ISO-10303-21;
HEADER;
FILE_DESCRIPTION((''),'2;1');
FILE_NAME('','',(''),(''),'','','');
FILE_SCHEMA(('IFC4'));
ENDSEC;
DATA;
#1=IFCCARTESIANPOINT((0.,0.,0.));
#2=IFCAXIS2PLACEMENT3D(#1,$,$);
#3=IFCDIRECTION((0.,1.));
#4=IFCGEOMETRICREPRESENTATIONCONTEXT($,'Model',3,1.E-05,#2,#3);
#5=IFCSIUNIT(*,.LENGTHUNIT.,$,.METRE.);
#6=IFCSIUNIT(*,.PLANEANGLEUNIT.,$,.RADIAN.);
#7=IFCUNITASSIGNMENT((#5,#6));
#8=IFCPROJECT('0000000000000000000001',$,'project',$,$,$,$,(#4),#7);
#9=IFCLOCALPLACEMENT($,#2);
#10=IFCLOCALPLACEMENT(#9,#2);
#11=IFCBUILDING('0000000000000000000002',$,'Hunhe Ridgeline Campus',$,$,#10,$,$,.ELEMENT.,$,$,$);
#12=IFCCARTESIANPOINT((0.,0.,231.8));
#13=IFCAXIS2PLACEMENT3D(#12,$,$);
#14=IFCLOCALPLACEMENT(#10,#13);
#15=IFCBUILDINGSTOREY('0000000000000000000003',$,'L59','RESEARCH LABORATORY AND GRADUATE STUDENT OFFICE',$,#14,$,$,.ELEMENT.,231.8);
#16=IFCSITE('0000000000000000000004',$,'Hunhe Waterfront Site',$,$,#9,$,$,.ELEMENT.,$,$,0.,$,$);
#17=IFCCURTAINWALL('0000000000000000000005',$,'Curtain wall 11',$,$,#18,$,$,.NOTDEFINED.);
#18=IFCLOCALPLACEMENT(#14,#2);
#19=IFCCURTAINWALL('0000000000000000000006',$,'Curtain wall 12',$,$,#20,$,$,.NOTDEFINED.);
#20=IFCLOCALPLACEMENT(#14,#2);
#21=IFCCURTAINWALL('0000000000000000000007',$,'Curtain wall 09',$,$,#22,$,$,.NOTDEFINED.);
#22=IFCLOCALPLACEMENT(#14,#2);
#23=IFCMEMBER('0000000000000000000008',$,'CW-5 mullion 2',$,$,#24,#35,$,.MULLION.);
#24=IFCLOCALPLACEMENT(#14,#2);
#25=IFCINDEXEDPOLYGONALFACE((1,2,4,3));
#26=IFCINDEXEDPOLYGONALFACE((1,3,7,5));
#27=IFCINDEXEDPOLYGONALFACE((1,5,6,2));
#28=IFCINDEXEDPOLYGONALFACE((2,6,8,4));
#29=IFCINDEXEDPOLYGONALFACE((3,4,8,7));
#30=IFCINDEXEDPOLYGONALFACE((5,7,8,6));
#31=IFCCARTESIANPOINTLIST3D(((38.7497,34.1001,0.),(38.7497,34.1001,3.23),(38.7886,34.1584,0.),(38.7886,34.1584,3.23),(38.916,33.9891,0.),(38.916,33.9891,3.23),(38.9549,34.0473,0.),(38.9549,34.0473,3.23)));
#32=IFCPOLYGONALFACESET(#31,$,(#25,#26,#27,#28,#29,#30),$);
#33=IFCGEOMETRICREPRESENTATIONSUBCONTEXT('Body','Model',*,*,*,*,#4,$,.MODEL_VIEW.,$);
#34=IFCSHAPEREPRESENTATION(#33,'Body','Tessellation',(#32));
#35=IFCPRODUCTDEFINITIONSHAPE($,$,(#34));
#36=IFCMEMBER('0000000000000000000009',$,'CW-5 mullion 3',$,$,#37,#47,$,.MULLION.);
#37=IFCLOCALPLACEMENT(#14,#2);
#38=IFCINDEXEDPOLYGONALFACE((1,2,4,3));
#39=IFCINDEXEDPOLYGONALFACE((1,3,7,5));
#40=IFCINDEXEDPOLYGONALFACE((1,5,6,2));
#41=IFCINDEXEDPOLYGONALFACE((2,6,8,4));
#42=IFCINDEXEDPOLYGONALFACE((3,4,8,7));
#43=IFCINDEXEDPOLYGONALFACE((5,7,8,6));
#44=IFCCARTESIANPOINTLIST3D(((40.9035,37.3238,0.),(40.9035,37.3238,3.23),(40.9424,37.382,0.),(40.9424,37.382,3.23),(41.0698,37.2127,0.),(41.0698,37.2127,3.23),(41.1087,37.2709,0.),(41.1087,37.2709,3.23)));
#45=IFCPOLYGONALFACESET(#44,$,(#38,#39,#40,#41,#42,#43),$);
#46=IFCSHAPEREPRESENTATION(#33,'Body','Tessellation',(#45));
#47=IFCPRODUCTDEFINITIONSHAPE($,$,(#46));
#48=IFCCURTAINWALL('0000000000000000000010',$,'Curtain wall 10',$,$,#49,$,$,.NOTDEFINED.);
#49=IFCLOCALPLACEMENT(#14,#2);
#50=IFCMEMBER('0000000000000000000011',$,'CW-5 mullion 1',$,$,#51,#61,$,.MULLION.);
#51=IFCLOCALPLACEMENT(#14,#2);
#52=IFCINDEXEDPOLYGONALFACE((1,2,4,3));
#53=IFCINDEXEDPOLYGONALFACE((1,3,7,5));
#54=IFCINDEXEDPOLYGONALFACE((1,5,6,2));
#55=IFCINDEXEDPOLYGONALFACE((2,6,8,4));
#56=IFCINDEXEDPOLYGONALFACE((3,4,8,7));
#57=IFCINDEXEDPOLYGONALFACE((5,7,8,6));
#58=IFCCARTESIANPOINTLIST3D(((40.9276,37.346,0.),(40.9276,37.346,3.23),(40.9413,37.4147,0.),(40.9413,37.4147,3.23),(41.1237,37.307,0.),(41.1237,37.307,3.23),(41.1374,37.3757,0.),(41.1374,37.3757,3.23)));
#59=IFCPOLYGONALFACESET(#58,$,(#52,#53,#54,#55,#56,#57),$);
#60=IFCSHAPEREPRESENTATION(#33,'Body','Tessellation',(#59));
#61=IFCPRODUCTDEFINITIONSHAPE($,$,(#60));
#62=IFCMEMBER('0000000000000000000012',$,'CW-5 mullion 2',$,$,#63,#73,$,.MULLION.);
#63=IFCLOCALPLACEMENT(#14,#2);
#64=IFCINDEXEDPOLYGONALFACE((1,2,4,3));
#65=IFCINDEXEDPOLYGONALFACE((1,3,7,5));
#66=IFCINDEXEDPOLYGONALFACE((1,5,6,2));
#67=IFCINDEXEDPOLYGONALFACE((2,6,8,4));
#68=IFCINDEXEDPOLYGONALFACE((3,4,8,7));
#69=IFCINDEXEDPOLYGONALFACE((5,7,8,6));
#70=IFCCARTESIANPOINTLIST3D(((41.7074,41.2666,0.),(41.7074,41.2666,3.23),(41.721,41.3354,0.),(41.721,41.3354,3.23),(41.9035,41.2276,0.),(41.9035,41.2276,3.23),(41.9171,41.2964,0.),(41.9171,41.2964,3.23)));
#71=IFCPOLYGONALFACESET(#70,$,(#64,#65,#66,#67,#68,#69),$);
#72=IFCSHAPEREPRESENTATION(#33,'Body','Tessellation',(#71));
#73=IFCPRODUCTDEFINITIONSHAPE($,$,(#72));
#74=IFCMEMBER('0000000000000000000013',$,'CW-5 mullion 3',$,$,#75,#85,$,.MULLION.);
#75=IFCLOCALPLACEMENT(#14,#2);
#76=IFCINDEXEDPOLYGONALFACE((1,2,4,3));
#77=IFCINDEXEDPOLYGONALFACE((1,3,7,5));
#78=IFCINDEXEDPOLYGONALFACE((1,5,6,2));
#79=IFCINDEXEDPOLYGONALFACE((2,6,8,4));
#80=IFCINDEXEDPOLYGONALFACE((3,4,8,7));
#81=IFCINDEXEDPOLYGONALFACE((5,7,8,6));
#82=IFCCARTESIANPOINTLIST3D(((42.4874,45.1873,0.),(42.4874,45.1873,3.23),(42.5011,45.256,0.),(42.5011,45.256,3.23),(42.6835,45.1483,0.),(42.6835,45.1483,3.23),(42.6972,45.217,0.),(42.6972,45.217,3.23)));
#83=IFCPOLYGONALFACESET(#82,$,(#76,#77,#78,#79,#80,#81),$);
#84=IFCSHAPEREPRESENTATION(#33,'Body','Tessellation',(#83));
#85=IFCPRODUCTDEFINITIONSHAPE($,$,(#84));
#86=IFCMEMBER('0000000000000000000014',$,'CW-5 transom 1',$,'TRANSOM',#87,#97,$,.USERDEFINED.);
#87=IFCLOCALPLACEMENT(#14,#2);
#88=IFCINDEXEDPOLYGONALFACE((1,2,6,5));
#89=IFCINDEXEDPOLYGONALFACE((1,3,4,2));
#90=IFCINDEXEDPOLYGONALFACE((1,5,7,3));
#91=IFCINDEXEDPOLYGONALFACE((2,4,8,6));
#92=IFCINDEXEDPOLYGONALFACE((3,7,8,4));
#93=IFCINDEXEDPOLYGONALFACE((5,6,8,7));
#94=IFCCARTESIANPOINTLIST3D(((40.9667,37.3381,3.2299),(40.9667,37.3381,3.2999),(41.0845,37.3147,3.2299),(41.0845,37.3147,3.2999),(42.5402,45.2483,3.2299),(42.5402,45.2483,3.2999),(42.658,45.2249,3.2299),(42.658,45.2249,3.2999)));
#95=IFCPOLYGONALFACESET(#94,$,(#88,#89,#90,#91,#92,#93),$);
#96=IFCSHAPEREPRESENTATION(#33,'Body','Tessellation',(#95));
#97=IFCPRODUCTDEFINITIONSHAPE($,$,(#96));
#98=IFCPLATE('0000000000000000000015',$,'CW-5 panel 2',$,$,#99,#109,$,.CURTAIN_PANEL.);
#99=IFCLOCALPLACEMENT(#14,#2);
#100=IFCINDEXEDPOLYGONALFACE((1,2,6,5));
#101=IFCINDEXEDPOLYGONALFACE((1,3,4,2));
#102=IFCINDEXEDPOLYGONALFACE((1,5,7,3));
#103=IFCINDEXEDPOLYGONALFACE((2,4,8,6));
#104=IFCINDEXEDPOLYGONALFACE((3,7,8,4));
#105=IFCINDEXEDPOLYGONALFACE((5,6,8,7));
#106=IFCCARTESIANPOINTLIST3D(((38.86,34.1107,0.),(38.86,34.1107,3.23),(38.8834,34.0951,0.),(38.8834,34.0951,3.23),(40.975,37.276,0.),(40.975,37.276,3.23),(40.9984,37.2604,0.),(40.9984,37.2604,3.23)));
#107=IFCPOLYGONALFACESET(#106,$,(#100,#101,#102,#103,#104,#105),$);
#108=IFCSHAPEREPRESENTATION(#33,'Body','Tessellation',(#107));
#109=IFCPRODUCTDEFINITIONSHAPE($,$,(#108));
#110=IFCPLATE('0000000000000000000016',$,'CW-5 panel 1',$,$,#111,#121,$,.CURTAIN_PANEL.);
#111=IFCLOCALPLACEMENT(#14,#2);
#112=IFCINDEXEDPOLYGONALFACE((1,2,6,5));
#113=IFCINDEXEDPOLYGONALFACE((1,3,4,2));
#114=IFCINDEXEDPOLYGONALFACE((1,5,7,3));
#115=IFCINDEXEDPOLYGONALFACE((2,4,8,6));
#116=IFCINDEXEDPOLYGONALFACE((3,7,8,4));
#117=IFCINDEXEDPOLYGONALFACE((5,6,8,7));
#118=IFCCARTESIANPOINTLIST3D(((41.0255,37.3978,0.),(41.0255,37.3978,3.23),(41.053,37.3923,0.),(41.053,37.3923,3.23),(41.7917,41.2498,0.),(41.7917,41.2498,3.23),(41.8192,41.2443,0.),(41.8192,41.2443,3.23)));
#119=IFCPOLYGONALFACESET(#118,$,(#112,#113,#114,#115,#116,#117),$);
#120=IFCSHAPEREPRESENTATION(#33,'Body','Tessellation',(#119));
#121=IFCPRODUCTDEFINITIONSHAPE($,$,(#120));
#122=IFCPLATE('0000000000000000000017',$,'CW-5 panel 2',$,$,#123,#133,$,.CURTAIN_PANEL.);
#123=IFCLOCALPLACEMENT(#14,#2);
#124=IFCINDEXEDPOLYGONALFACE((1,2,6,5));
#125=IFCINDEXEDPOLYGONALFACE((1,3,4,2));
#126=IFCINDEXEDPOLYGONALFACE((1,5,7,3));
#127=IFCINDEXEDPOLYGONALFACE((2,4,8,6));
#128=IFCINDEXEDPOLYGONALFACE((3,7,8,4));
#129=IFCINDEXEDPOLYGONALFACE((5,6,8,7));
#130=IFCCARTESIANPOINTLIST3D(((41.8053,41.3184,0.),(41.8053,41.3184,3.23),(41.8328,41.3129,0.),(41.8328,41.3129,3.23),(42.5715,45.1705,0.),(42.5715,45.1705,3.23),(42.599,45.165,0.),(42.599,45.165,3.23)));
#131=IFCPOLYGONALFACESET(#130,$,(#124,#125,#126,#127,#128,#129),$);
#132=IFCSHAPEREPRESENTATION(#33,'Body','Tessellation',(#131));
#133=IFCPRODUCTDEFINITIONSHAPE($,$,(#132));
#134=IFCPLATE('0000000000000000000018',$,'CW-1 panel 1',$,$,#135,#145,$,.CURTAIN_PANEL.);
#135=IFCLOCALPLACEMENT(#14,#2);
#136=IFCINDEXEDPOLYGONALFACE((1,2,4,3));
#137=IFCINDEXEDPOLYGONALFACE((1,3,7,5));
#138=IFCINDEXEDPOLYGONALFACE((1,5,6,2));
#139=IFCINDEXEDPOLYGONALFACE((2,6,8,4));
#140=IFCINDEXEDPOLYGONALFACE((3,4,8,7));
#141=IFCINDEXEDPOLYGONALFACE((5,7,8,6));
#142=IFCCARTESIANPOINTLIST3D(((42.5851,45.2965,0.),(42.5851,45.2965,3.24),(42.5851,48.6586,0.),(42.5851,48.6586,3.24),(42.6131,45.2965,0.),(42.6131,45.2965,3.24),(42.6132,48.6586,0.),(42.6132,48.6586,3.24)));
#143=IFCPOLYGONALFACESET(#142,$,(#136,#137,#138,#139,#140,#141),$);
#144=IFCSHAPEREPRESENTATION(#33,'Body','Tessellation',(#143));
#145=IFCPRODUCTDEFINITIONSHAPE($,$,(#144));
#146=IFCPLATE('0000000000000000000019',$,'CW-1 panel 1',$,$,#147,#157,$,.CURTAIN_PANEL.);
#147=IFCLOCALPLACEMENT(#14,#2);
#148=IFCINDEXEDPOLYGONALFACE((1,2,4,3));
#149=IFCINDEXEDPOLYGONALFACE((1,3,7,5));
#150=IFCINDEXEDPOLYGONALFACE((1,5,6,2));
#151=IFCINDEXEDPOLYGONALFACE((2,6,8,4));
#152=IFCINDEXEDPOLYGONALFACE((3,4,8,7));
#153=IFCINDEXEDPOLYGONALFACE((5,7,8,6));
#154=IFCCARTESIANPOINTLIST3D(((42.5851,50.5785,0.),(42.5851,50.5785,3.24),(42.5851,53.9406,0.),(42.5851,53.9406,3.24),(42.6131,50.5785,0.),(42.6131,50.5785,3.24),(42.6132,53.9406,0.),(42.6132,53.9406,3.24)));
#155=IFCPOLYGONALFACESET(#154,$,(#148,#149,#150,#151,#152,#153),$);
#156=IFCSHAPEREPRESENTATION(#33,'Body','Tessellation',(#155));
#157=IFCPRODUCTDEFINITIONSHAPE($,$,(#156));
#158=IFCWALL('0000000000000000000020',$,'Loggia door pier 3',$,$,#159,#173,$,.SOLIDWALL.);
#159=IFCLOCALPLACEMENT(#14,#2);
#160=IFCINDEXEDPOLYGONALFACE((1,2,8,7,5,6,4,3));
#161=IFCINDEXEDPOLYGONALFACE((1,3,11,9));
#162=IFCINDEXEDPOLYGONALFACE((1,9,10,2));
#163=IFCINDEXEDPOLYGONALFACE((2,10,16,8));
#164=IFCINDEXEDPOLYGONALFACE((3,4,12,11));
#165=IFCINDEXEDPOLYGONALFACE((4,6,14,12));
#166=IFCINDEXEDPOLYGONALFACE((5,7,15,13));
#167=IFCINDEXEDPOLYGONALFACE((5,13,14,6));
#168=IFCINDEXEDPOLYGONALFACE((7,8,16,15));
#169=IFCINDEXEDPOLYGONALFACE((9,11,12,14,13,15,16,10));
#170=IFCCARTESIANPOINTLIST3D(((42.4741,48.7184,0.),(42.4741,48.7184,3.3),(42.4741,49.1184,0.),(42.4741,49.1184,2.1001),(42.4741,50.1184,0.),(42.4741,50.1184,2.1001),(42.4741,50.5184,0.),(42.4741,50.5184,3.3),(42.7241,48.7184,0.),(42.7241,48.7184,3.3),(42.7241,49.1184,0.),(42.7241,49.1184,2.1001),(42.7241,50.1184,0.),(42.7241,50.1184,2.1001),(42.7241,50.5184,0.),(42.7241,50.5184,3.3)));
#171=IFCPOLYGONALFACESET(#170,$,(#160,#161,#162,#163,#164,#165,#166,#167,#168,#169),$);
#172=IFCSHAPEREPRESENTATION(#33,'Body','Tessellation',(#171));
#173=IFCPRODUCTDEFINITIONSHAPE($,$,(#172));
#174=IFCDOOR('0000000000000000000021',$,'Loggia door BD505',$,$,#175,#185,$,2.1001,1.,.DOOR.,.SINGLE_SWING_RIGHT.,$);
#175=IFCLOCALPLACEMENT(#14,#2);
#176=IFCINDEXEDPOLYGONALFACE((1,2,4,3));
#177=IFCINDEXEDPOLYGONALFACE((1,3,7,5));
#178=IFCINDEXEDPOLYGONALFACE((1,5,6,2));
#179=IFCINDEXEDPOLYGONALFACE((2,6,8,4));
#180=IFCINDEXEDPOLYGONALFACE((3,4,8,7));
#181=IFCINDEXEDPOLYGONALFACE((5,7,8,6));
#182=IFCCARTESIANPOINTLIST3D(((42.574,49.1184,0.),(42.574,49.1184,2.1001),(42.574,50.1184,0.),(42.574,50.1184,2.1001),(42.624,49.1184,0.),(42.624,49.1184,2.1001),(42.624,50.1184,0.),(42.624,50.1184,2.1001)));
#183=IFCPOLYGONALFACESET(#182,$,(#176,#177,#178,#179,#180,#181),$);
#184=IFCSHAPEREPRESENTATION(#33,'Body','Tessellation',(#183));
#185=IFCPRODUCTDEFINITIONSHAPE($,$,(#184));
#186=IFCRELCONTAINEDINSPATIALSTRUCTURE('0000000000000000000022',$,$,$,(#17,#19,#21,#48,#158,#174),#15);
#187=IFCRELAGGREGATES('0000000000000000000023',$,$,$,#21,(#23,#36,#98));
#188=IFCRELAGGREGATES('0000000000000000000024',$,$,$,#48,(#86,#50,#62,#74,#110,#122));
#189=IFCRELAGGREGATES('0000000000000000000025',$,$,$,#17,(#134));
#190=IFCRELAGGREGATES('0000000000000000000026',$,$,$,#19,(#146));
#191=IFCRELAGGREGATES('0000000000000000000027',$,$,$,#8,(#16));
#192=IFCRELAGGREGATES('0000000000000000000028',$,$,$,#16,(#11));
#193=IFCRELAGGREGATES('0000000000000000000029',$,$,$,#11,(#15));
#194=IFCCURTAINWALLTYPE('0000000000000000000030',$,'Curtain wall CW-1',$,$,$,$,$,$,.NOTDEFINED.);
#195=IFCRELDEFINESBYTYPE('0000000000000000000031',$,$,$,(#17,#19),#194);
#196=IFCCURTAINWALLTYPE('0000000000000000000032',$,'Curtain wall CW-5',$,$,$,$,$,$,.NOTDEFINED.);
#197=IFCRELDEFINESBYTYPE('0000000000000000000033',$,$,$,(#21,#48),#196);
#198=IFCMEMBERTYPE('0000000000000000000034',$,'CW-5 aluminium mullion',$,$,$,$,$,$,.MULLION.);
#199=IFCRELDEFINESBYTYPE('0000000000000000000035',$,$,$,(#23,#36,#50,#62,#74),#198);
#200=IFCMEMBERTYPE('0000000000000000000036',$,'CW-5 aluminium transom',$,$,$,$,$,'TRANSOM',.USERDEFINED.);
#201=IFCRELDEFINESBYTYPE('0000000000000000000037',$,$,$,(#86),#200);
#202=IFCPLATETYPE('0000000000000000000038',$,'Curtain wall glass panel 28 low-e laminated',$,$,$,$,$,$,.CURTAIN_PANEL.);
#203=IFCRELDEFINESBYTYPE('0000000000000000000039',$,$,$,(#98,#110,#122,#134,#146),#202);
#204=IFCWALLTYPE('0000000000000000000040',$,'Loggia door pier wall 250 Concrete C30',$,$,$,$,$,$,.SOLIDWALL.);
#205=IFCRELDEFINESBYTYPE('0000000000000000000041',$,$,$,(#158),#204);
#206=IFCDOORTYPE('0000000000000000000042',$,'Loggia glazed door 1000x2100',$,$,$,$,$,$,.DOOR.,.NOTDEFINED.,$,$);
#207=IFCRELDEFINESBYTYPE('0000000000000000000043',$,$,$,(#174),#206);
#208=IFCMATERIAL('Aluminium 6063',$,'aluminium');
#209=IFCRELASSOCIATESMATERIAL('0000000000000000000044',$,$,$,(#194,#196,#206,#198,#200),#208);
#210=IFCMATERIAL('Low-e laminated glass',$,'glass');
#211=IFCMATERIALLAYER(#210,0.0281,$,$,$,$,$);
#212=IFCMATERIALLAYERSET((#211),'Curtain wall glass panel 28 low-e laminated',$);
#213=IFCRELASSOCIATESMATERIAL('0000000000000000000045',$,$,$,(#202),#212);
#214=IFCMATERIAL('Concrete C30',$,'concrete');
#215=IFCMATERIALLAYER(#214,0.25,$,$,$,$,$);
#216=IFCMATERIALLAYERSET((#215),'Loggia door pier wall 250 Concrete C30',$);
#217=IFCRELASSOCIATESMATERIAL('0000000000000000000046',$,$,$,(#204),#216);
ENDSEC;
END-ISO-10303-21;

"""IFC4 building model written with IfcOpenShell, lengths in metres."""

from ifc_helpers import new_model, si_unit, direction, frame, frame_2d, origin, origin_2d, place, context, subcontext, project, spatial, rectangle, extrude, material, layer, layer_set, material_profile, profile_set, type_object, element, fill, aggregate, save


model = new_model("IFC4")

# Units and contexts
model_context = context("Model", 3, precision=1e-05, world=origin(), true_north=direction((0.0, 1.0)))
body_context = subcontext(model_context, "Body", "Model", "MODEL_VIEW")
ifc_project = project(units=[si_unit("LENGTHUNIT", "METRE"), si_unit("PLANEANGLEUNIT", "RADIAN")], contexts=[model_context])

# Site, building, storey
site_placement = place(None, origin())
site = spatial("IfcSite", under=ifc_project, at=site_placement, Name="Hunhe Waterfront Site", CompositionType="ELEMENT", RefElevation=0.0)
building_placement = place(site_placement, origin())
building = spatial("IfcBuilding", under=site, at=building_placement, Name="Hunhe Ridgeline Campus", CompositionType="ELEMENT")
storey_placement = place(building_placement, frame((0.0, 0.0, 231.8)))
storey = spatial("IfcBuildingStorey", under=building, at=storey_placement, Name="L59", Description="RESEARCH LABORATORY AND GRADUATE STUDENT OFFICE", CompositionType="ELEMENT", Elevation=231.8)

# Curtain walls
ifc_material_1 = material(Name="Aluminium 6063", Category="aluminium")
curtain_wall_type_1 = type_object("IfcCurtainWallType", Name="Curtain wall CW-1", PredefinedType="NOTDEFINED", material=ifc_material_1)
curtain_wall_1_placement = place(storey_placement, origin())
curtain_wall_1 = element("IfcCurtainWall", 1, at=curtain_wall_1_placement, inside=storey, type_object=curtain_wall_type_1, Name="Curtain wall 11", PredefinedType="NOTDEFINED")
curtain_wall_2_placement = place(storey_placement, origin())
curtain_wall_2 = element("IfcCurtainWall", 2, at=curtain_wall_2_placement, inside=storey, type_object=curtain_wall_type_1, Name="Curtain wall 12", PredefinedType="NOTDEFINED")

# Curtain walls, members
curtain_wall_type_2 = type_object("IfcCurtainWallType", Name="Curtain wall CW-5", PredefinedType="NOTDEFINED", material=ifc_material_1)
curtain_wall_3_placement = place(storey_placement, origin())
curtain_wall_3 = element("IfcCurtainWall", 3, at=curtain_wall_3_placement, inside=storey, type_object=curtain_wall_type_2, Name="Curtain wall 09", PredefinedType="NOTDEFINED")
ifc_material_profile_1 = material_profile(ifc_material_1, rectangle(XDim=0.2, YDim=0.0701, at=origin_2d()))
ifc_profile_set_1 = profile_set([ifc_material_profile_1], Name="Aluminium 6063")
member_type_1 = type_object("IfcMemberType", Name="CW-5 aluminium mullion", PredefinedType="MULLION", material=ifc_profile_set_1)
member_1_placement = place(storey_placement, frame((38.8523, 34.0737, 0.0), z_axis=(0.0, 0.0, 1.0), x_axis=(-0.83147, 0.55557, 0.0)))
member_1 = element("IfcMember", 4, at=member_1_placement, type_object=member_type_1, Name="CW-5 mullion 2", PredefinedType="MULLION", context=body_context, shape_type="SweptSolid", body=[
    extrude(rectangle(XDim=0.2, YDim=0.0701, at=origin_2d()), origin(), (0.0, 0.0, 1.0), 3.23),
])
member_2_placement = place(storey_placement, frame((41.0061, 37.2974, 0.0), z_axis=(0.0, 0.0, 1.0), x_axis=(-0.83147, 0.55557, 0.0)))
member_2 = element("IfcMember", 5, at=member_2_placement, type_object=member_type_1, Name="CW-5 mullion 3", PredefinedType="MULLION", context=body_context, shape_type="SweptSolid", body=[
    extrude(rectangle(XDim=0.2, YDim=0.0701, at=origin_2d()), origin(), (0.0, 0.0, 1.0), 3.23),
])
curtain_wall_4_placement = place(storey_placement, origin())
curtain_wall_4 = element("IfcCurtainWall", 6, at=curtain_wall_4_placement, inside=storey, type_object=curtain_wall_type_2, Name="Curtain wall 10", PredefinedType="NOTDEFINED")
member_3_placement = place(storey_placement, frame((41.0325, 37.3608, 0.0), z_axis=(0.0, 0.0, 1.0), x_axis=(-0.980785, 0.19509, 0.0)))
member_3 = element("IfcMember", 7, at=member_3_placement, type_object=member_type_1, Name="CW-5 mullion 1", PredefinedType="MULLION", context=body_context, shape_type="SweptSolid", body=[
    extrude(rectangle(XDim=0.2, YDim=0.0701, at=origin_2d()), origin(), (0.0, 0.0, 1.0), 3.23),
])
member_4_placement = place(storey_placement, frame((41.8123, 41.2815, 0.0), z_axis=(0.0, 0.0, 1.0), x_axis=(-0.980785, 0.19509, 0.0)))
member_4 = element("IfcMember", 8, at=member_4_placement, type_object=member_type_1, Name="CW-5 mullion 2", PredefinedType="MULLION", context=body_context, shape_type="SweptSolid", body=[
    extrude(rectangle(XDim=0.2, YDim=0.0701, at=origin_2d()), origin(), (0.0, 0.0, 1.0), 3.23),
])
member_5_placement = place(storey_placement, frame((42.5923, 45.2021, 0.0), z_axis=(0.0, 0.0, 1.0), x_axis=(-0.980785, 0.19509, 0.0)))
member_5 = element("IfcMember", 9, at=member_5_placement, type_object=member_type_1, Name="CW-5 mullion 3", PredefinedType="MULLION", context=body_context, shape_type="SweptSolid", body=[
    extrude(rectangle(XDim=0.2, YDim=0.0701, at=origin_2d()), origin(), (0.0, 0.0, 1.0), 3.23),
])
ifc_material_profile_2 = material_profile(ifc_material_1, rectangle(XDim=0.1201, YDim=0.0701, at=origin_2d()))
ifc_profile_set_2 = profile_set([ifc_material_profile_2], Name="Aluminium 6063")
member_type_2 = type_object("IfcMemberType", Name="CW-5 aluminium transom", ElementType="TRANSOM", PredefinedType="USERDEFINED", material=ifc_profile_set_2)
member_6_placement = place(storey_placement, frame((41.0256, 37.3264, 3.2649), z_axis=(0.195097, 0.980784, 0.0), x_axis=(-0.980784, 0.195097, 0.0)))
member_6 = element("IfcMember", 10, at=member_6_placement, type_object=member_type_2, Name="CW-5 transom 1", ObjectType="TRANSOM", PredefinedType="USERDEFINED", context=body_context, shape_type="SweptSolid", body=[
    extrude(rectangle(XDim=0.1201, YDim=0.0701, at=origin_2d()), origin(), (0.0, 0.0, 1.0), 8.0652),
])

# Plates
ifc_material_2 = material(Name="Low-e laminated glass", Category="glass")
ifc_layer_1 = layer(ifc_material_2, 0.0281)
ifc_layer_set_1 = layer_set([ifc_layer_1], Name="Curtain wall glass panel 28 low-e laminated")
plate_type = type_object("IfcPlateType", Name="Curtain wall glass panel 28 low-e laminated", PredefinedType="CURTAIN_PANEL", material=ifc_layer_set_1)
plate_1_placement = place(storey_placement, frame((39.9292, 35.6855, 0.0), z_axis=(0.0, 0.0, 1.0), x_axis=(0.55557, 0.83147, 0.0)))
plate_1 = element("IfcPlate", 11, at=plate_1_placement, type_object=plate_type, Name="CW-5 panel 2", PredefinedType="CURTAIN_PANEL", context=body_context, shape_type="SweptSolid", body=[
    extrude(rectangle(XDim=3.8069, YDim=0.0281, at=origin_2d()), origin(), (0.0, 0.0, 1.0), 3.23),
])
aggregate(curtain_wall_3, [member_1, member_2, plate_1])
plate_2_placement = place(storey_placement, frame((41.4224, 39.321, 0.0), z_axis=(0.0, 0.0, 1.0), x_axis=(0.19509, 0.980785, 0.0)))
plate_2 = element("IfcPlate", 12, at=plate_2_placement, type_object=plate_type, Name="CW-5 panel 1", PredefinedType="CURTAIN_PANEL", context=body_context, shape_type="SweptSolid", body=[
    extrude(rectangle(XDim=3.9275, YDim=0.0281, at=origin_2d()), origin(), (0.0, 0.0, 1.0), 3.23),
])
plate_3_placement = place(storey_placement, frame((42.2021, 43.2417, 0.0), z_axis=(0.0, 0.0, 1.0), x_axis=(0.19509, 0.980785, 0.0)))
plate_3 = element("IfcPlate", 13, at=plate_3_placement, type_object=plate_type, Name="CW-5 panel 2", PredefinedType="CURTAIN_PANEL", context=body_context, shape_type="SweptSolid", body=[
    extrude(rectangle(XDim=3.9275, YDim=0.0281, at=origin_2d()), origin(), (0.0, 0.0, 1.0), 3.23),
])
aggregate(curtain_wall_4, [member_6, member_3, member_4, member_5, plate_2, plate_3])
plate_4_placement = place(storey_placement, frame((42.5991, 46.9775, 0.0), z_axis=(0.0, 0.0, 1.0), x_axis=(0.000019, 1.0, 0.0)))
plate_4 = element("IfcPlate", 14, at=plate_4_placement, type_object=plate_type, Name="CW-1 panel 1", PredefinedType="CURTAIN_PANEL", context=body_context, shape_type="SweptSolid", body=[
    extrude(rectangle(XDim=3.3621, YDim=0.0281, at=origin_2d()), origin(), (0.0, 0.0, 1.0), 3.24),
])
aggregate(curtain_wall_1, [plate_4])
plate_5_placement = place(storey_placement, frame((42.5991, 52.2595, 0.0), z_axis=(0.0, 0.0, 1.0), x_axis=(0.000019, 1.0, 0.0)))
plate_5 = element("IfcPlate", 15, at=plate_5_placement, type_object=plate_type, Name="CW-1 panel 1", PredefinedType="CURTAIN_PANEL", context=body_context, shape_type="SweptSolid", body=[
    extrude(rectangle(XDim=3.3621, YDim=0.0281, at=origin_2d()), origin(), (0.0, 0.0, 1.0), 3.24),
])
aggregate(curtain_wall_2, [plate_5])

# Wall, opening, door
ifc_material_3 = material(Name="Concrete C30", Category="concrete")
ifc_layer_2 = layer(ifc_material_3, 0.25)
ifc_layer_set_2 = layer_set([ifc_layer_2], Name="Loggia door pier wall 250 Concrete C30")
wall_type_1 = type_object("IfcWallType", Name="Loggia door pier wall 250 Concrete C30", PredefinedType="SOLIDWALL", material=ifc_layer_set_2)
wall_1_placement = place(storey_placement, frame((42.5991, 48.7185, 0.0), z_axis=(0.0, 0.0, 1.0), x_axis=(0.0, 1.0, 0.0)))
wall_1 = element("IfcWall", 16, at=wall_1_placement, inside=storey, type_object=wall_type_1, Name="Loggia door pier 3", PredefinedType="SOLIDWALL", context=body_context, shape_type="SweptSolid", body=[
    extrude(rectangle(XDim=1.8, YDim=0.25, at=frame_2d((0.8999, 0.0))), origin(), (0.0, 0.0, 1.0), 3.3),
])
opening_placement = place(wall_1_placement, frame((0.3999, 0.0, 0.0)))
opening = element("IfcOpeningElement", 17, at=opening_placement, cuts=wall_1, PredefinedType="OPENING", context=body_context, shape_type="SweptSolid", body=[
    extrude(rectangle(XDim=1.0, YDim=2.1001, at=frame_2d((0.5, 1.05))), frame((0.0, 0.125, 0.0), z_axis=(0.0, -1.0, 0.0), x_axis=(1.0, 0.0, 0.0)), (0.0, 0.0, 1.0), 0.25),
])
door_type = type_object("IfcDoorType", Name="Loggia glazed door 1000x2100", OperationType="NOTDEFINED", PredefinedType="DOOR", material=ifc_material_1)
door_placement = place(opening_placement, frame((1.0, 0.0, 0.0), z_axis=(0.0, 0.0, 1.0), x_axis=(-1.0, 0.0, 0.0)))
door = element("IfcDoor", 18, at=door_placement, inside=storey, type_object=door_type, Name="Loggia door BD505", OperationType="SINGLE_SWING_RIGHT", OverallHeight=2.1001, OverallWidth=1.0, PredefinedType="DOOR", context=body_context, shape_type="SweptSolid", body=[
    extrude(rectangle(XDim=1.0, YDim=2.1001, at=frame_2d((0.5, 1.05))), frame((0.0, 0.0249, 0.0), z_axis=(0.0, -1.0, 0.0), x_axis=(1.0, 0.0, 0.0)), (0.0, 0.0, 1.0), 0.05),
])
fill(opening, door)

save(model, "model.ifc")
